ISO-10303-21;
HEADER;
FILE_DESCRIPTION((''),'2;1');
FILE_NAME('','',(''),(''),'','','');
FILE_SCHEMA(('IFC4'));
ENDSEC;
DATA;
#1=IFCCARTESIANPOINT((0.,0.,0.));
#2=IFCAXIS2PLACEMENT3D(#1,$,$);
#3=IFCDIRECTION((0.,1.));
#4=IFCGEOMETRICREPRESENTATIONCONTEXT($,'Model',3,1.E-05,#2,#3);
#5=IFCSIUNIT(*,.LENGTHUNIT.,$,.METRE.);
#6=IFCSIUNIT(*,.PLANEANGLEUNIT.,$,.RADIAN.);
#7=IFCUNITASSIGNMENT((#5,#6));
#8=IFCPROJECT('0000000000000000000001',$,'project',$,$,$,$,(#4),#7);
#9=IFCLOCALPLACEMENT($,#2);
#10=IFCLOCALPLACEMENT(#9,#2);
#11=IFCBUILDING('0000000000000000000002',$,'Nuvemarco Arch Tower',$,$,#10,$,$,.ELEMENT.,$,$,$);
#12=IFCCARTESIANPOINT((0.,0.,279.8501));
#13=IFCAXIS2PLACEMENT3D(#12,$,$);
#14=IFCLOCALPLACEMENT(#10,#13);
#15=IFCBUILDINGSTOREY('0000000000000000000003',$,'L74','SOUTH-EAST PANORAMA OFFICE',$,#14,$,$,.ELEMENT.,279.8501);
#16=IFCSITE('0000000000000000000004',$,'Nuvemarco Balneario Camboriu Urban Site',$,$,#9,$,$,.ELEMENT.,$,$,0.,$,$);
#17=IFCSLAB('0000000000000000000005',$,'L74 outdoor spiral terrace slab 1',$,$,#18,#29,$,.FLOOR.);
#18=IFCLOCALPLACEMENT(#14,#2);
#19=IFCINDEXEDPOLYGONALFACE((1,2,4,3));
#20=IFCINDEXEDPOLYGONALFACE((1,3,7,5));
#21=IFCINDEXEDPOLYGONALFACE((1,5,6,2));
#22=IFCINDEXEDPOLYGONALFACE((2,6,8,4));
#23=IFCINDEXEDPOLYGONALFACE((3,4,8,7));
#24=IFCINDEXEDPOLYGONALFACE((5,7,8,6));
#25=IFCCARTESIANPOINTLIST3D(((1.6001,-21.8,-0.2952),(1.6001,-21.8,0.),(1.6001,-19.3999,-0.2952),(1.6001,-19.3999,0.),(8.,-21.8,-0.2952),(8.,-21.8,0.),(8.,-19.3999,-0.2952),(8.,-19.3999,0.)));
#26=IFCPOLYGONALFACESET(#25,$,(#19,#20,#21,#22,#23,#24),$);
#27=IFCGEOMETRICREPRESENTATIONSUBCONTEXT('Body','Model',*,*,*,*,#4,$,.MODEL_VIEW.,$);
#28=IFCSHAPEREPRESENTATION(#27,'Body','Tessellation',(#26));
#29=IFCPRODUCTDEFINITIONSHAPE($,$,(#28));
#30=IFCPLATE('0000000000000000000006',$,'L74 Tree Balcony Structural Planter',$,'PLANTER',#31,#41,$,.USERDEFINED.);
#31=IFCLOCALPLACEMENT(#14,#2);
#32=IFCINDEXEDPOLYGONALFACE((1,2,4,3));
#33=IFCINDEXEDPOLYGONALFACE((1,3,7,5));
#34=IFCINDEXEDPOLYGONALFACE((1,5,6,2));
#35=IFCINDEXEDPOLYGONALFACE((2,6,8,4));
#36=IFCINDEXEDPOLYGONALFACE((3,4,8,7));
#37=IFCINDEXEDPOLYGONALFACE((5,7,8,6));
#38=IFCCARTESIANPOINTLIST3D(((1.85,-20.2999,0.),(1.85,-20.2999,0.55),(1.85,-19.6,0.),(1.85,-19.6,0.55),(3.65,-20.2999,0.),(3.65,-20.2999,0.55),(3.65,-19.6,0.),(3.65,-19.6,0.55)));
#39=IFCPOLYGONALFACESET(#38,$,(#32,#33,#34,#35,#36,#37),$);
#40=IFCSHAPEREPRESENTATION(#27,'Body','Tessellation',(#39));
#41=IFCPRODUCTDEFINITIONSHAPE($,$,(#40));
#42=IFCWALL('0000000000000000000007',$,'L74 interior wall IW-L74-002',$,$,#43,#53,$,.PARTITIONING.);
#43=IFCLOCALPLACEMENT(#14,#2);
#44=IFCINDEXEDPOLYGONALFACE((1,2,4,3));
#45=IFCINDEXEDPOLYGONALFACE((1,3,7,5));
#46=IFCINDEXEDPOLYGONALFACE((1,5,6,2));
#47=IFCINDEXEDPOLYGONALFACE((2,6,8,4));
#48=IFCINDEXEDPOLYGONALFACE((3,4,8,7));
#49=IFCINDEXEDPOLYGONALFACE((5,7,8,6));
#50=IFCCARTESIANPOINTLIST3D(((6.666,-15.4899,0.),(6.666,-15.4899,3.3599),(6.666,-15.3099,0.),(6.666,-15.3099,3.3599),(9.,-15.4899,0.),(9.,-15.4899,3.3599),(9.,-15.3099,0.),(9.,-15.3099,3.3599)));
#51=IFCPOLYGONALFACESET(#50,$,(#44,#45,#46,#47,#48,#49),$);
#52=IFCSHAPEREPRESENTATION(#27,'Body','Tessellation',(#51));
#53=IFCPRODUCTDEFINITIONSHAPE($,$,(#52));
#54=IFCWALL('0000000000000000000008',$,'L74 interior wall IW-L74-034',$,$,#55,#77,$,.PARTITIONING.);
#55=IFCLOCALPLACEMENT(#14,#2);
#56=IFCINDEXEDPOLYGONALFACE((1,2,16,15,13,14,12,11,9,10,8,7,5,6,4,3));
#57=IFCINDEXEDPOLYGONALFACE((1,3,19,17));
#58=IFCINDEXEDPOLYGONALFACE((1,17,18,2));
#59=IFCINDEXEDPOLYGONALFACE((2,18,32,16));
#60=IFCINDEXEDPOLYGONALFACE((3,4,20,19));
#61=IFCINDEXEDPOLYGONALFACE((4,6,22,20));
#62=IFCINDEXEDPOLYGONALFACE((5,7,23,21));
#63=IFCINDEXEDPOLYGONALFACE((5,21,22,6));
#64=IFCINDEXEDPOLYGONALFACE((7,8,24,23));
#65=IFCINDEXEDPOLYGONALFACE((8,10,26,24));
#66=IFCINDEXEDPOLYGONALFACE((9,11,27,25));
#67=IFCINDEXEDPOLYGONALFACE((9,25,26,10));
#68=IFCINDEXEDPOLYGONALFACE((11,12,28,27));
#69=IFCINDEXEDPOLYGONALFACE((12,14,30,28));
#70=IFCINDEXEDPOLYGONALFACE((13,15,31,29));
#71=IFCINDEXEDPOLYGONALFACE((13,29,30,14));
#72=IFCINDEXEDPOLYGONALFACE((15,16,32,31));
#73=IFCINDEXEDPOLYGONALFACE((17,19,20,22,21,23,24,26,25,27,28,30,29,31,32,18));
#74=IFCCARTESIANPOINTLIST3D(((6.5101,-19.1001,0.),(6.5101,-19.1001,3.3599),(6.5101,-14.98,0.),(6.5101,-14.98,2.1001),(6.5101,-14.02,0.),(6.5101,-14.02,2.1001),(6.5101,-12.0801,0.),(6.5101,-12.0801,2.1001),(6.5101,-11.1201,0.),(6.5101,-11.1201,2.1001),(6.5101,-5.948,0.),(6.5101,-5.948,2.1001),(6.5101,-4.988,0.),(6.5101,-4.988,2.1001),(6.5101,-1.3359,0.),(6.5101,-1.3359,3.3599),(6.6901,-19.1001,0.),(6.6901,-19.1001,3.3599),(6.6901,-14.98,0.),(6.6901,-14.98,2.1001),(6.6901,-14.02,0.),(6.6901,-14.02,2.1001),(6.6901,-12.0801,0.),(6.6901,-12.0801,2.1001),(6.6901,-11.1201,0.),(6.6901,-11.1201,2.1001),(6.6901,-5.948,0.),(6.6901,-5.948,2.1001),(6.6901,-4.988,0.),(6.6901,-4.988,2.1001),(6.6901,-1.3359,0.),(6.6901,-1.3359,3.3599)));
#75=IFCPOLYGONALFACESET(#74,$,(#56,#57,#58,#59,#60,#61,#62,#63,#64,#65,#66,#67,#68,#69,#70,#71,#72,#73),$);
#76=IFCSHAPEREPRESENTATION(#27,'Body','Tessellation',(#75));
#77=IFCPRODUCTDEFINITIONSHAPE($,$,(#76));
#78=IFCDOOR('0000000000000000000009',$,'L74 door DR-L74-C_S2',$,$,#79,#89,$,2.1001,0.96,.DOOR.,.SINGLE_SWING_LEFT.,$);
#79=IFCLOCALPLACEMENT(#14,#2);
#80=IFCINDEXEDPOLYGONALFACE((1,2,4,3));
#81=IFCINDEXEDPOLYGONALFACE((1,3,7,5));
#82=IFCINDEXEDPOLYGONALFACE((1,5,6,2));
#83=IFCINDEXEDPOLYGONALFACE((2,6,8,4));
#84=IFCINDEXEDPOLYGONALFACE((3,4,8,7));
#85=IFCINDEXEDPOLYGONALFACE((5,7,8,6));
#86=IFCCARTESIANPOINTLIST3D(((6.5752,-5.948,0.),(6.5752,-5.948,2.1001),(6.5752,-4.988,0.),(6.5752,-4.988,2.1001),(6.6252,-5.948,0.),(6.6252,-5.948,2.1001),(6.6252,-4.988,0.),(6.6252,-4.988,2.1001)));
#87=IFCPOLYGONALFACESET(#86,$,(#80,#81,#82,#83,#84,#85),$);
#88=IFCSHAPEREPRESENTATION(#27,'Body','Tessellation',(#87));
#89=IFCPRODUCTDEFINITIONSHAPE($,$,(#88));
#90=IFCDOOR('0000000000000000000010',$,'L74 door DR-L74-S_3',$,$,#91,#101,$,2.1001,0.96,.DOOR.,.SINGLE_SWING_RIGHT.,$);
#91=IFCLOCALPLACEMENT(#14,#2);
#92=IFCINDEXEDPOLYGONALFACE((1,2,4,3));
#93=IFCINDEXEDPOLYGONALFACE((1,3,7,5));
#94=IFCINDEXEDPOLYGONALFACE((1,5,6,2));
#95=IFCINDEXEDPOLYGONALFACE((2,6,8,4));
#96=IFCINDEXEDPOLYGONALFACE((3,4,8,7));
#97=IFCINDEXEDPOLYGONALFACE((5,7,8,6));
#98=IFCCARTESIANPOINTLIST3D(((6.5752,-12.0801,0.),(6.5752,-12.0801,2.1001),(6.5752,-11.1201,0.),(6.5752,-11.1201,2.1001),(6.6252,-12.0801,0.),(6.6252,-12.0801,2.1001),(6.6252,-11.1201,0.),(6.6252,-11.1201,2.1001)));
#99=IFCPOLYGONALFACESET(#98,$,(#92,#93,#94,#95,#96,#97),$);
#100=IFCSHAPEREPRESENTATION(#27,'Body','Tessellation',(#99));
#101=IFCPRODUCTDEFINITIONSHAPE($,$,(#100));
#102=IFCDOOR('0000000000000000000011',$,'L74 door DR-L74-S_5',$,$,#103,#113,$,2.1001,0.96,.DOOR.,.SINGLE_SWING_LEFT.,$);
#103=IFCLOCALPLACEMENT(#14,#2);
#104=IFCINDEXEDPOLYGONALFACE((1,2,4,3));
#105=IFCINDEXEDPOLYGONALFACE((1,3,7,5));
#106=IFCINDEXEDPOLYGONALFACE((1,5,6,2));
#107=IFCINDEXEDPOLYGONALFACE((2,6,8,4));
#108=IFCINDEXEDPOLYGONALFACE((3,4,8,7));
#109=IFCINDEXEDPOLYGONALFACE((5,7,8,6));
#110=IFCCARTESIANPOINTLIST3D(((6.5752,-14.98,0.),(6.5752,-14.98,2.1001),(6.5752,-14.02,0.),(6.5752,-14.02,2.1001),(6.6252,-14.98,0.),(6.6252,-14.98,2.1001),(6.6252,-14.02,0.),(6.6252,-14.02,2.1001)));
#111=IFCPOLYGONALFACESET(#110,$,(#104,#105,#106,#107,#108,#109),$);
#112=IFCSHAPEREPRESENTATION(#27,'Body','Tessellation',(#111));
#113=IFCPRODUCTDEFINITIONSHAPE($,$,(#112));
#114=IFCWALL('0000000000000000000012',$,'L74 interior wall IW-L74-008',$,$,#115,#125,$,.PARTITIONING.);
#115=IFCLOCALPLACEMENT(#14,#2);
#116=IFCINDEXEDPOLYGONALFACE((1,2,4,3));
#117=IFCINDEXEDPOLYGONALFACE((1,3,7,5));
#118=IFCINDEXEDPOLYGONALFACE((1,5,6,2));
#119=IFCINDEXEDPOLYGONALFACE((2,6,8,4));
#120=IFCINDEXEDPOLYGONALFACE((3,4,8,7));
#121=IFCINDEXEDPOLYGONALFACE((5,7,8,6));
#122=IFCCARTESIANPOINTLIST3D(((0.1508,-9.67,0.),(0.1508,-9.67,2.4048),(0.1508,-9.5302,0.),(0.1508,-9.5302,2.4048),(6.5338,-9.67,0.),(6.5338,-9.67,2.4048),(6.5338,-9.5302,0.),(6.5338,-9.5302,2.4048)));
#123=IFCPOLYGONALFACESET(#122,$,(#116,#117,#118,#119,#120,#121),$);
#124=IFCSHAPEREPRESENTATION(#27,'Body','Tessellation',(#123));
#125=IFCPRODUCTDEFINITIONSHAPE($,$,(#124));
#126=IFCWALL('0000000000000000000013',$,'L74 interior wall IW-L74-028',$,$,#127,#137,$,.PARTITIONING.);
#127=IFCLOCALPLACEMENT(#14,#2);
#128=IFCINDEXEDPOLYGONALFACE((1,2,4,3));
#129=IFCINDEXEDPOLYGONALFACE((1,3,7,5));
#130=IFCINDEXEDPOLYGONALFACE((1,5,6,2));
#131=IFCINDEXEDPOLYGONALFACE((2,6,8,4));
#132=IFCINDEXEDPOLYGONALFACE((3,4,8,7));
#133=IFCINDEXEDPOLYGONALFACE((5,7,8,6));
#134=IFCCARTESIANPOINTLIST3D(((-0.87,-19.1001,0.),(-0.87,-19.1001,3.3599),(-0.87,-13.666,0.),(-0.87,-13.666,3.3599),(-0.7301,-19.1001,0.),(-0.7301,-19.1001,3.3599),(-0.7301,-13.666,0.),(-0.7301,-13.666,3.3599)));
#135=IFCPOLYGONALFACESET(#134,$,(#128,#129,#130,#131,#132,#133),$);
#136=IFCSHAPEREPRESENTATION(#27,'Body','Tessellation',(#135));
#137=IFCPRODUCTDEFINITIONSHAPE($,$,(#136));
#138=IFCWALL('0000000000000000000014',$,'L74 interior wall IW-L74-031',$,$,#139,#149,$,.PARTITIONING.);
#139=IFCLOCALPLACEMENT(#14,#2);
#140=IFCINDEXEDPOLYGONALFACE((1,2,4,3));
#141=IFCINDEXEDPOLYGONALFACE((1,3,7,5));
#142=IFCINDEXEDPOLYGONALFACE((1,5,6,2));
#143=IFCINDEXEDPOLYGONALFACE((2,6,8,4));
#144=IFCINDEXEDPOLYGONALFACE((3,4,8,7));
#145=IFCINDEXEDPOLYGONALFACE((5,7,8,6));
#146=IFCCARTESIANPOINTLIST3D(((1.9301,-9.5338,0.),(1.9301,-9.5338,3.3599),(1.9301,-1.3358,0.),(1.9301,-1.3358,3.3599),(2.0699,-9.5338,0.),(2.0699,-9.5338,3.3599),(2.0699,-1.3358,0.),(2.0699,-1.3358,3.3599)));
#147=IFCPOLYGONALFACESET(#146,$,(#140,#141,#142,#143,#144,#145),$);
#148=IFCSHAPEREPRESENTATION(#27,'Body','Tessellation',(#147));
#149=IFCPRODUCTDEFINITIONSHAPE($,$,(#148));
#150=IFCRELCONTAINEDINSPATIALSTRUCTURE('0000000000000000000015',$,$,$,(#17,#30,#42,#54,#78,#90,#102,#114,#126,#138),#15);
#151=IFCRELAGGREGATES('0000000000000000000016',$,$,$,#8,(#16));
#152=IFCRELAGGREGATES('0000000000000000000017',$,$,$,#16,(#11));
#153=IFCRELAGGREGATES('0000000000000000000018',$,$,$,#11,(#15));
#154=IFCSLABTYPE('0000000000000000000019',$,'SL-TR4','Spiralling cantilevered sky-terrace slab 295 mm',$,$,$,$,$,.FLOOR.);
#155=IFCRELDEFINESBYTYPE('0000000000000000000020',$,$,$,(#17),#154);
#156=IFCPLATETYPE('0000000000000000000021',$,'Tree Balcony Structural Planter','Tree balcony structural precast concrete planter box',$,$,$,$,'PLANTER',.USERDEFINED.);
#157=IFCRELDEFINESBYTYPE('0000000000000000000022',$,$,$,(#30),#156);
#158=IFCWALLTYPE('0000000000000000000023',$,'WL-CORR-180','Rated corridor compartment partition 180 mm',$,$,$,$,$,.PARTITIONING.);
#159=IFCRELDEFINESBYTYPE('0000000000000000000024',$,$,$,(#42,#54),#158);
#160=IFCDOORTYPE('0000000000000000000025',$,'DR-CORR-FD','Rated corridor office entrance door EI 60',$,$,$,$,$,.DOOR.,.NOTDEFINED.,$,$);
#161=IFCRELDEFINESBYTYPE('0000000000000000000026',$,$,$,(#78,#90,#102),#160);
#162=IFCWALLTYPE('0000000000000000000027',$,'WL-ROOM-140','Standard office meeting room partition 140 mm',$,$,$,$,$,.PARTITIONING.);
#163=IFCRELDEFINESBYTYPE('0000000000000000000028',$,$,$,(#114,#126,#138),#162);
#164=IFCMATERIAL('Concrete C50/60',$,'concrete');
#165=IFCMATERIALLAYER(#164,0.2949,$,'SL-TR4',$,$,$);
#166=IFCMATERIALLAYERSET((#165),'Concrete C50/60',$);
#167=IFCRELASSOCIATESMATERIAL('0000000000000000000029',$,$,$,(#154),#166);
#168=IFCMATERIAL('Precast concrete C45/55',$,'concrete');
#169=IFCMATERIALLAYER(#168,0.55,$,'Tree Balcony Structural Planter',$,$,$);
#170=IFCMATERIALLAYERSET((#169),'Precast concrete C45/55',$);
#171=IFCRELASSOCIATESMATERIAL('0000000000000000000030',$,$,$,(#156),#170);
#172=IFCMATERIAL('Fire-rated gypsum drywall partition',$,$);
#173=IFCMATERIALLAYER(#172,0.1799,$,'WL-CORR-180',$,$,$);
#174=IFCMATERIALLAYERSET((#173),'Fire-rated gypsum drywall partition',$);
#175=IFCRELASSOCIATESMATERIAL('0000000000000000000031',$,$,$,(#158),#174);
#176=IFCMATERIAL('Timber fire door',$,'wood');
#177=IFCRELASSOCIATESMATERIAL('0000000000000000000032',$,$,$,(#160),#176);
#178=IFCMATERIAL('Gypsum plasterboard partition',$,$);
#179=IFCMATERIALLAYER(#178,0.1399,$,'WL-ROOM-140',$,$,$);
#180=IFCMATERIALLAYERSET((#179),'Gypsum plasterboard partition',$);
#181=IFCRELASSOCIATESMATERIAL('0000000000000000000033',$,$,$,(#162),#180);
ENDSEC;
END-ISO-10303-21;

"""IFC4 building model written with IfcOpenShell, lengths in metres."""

from ifc_helpers import new_model, si_unit, direction, frame, frame_2d, origin, origin_2d, place, context, subcontext, project, spatial, polyline, rectangle, outline, extrude, source, transform, mapped, material, layer, layer_set, type_object, type_shapes, element, fill, save


model = new_model("IFC4")

# Units and contexts
model_context = context("Model", 3, precision=1e-05, world=origin(), true_north=direction((0.0, 1.0)))
body_context = subcontext(model_context, "Body", "Model", "MODEL_VIEW")
ifc_project = project(units=[si_unit("LENGTHUNIT", "METRE"), si_unit("PLANEANGLEUNIT", "RADIAN")], contexts=[model_context])

# Site, building, storey
site_placement = place(None, origin())
site = spatial("IfcSite", under=ifc_project, at=site_placement, Name="Nuvemarco Balneario Camboriu Urban Site", CompositionType="ELEMENT", RefElevation=0.0)
building_placement = place(site_placement, origin())
building = spatial("IfcBuilding", under=site, at=building_placement, Name="Nuvemarco Arch Tower", CompositionType="ELEMENT")
storey_placement = place(building_placement, frame((0.0, 0.0, 279.8501)))
storey = spatial("IfcBuildingStorey", under=building, at=storey_placement, Name="L74", Description="SOUTH-EAST PANORAMA OFFICE", CompositionType="ELEMENT", Elevation=279.8501)

# Shared definitions
ifc_material_1 = material(Name="Precast concrete C45/55", Category="concrete")

# Shared definitions
ifc_material_2 = material(Name="Concrete C50/60", Category="concrete")

# Slab
ifc_layer_1 = layer(ifc_material_2, 0.2949, Name="SL-TR4")
ifc_layer_set_1 = layer_set([ifc_layer_1], Name="Concrete C50/60")
slab_type_1 = type_object("IfcSlabType", Name="SL-TR4", Description="Spiralling cantilevered sky-terrace slab 295 mm", PredefinedType="FLOOR", material=ifc_layer_set_1)
slab_1_placement = place(storey_placement, frame((0.0, 0.0, -0.2952)))
element("IfcSlab", 1, at=slab_1_placement, inside=storey, type_object=slab_type_1, Name="L74 outdoor spiral terrace slab 1", PredefinedType="FLOOR", context=body_context, shape_type="SweptSolid", body=[
    extrude(outline(polyline([(1.6001, -21.8), (8.0, -21.8), (8.0, -19.3999), (1.6001, -19.3999), (1.6001, -21.8)])), origin(), (0.0, 0.0, 1.0), 0.2952),
])

# Plate
ifc_layer_2 = layer(ifc_material_1, 0.55, Name="Tree Balcony Structural Planter")
ifc_layer_set_2 = layer_set([ifc_layer_2], Name="Precast concrete C45/55")
plate_type = type_object("IfcPlateType", Name="Tree Balcony Structural Planter", Description="Tree balcony structural precast concrete planter box", ElementType="PLANTER", PredefinedType="USERDEFINED", material=ifc_layer_set_2)
shared_shape_1 = source(origin(), body_context, "Body", "SweptSolid", [
    extrude(rectangle(XDim=1.8, YDim=0.7, at=origin_2d()), origin(), (0.0, 0.0, 1.0), 0.55),
])
type_shapes(plate_type, [shared_shape_1])
plate_placement = place(storey_placement, frame((2.75, -19.95, 0.0), z_axis=(0.0, 0.0, 1.0), x_axis=(1.0, 0.0, 0.0)))
element("IfcPlate", 2, at=plate_placement, inside=storey, type_object=plate_type, Name="L74 Tree Balcony Structural Planter", ObjectType="PLANTER", PredefinedType="USERDEFINED", context=body_context, shape_type="MappedRepresentation", body=[
    mapped(shared_shape_1, transform((0.0, 0.0, 0.0), scale=1.0)),
])

# Wall
ifc_material_3 = material(Name="Fire-rated gypsum drywall partition")
ifc_layer_3 = layer(ifc_material_3, 0.1799, Name="WL-CORR-180")
ifc_layer_set_3 = layer_set([ifc_layer_3], Name="Fire-rated gypsum drywall partition")
wall_type_1 = type_object("IfcWallType", Name="WL-CORR-180", Description="Rated corridor compartment partition 180 mm", PredefinedType="PARTITIONING", material=ifc_layer_set_3)
wall_1_placement = place(storey_placement, frame((6.666, -15.3999, 0.0), z_axis=(0.0, 0.0, 1.0), x_axis=(1.0, 0.0, 0.0)))
element("IfcWall", 3, at=wall_1_placement, inside=storey, type_object=wall_type_1, Name="L74 interior wall IW-L74-002", PredefinedType="PARTITIONING", context=body_context, shape_type="SweptSolid", body=[
    extrude(rectangle(XDim=2.334, YDim=0.1799, at=frame_2d((1.167, 0.0))), origin(), (0.0, 0.0, 1.0), 3.3599),
])

# Wall, openings, doors
wall_2_placement = place(storey_placement, frame((6.6001, -19.1001, 0.0), z_axis=(0.0, 0.0, 1.0), x_axis=(0.0, 1.0, 0.0)))
wall_2 = element("IfcWall", 4, at=wall_2_placement, inside=storey, type_object=wall_type_1, Name="L74 interior wall IW-L74-034", PredefinedType="PARTITIONING", context=body_context, shape_type="SweptSolid", body=[
    extrude(rectangle(XDim=17.7642, YDim=0.1799, at=frame_2d((8.8821, 0.0))), origin(), (0.0, 0.0, 1.0), 3.3599),
])
opening_1_placement = place(wall_2_placement, frame((13.1521, 0.0, 0.0)))
opening_1 = element("IfcOpeningElement", 5, at=opening_1_placement, cuts=wall_2, PredefinedType="OPENING", context=body_context, shape_type="SweptSolid", body=[
    extrude(rectangle(XDim=0.96, YDim=2.1001, at=frame_2d((0.48, 1.05))), frame((0.0, 0.0999, 0.0), z_axis=(0.0, -1.0, 0.0), x_axis=(1.0, 0.0, 0.0)), (0.0, 0.0, 1.0), 0.2),
])
opening_2_placement = place(wall_2_placement, frame((7.02, 0.0, 0.0)))
opening_2 = element("IfcOpeningElement", 6, at=opening_2_placement, cuts=wall_2, PredefinedType="OPENING", context=body_context, shape_type="SweptSolid", body=[
    extrude(rectangle(XDim=0.96, YDim=2.1001, at=frame_2d((0.48, 1.05))), frame((0.0, 0.0999, 0.0), z_axis=(0.0, -1.0, 0.0), x_axis=(1.0, 0.0, 0.0)), (0.0, 0.0, 1.0), 0.2),
])
opening_3_placement = place(wall_2_placement, frame((4.1201, 0.0, 0.0)))
opening_3 = element("IfcOpeningElement", 7, at=opening_3_placement, cuts=wall_2, PredefinedType="OPENING", context=body_context, shape_type="SweptSolid", body=[
    extrude(rectangle(XDim=0.96, YDim=2.1001, at=frame_2d((0.48, 1.05))), frame((0.0, 0.0999, 0.0), z_axis=(0.0, -1.0, 0.0), x_axis=(1.0, 0.0, 0.0)), (0.0, 0.0, 1.0), 0.2),
])
ifc_material_4 = material(Name="Timber fire door", Category="wood")
door_type = type_object("IfcDoorType", Name="DR-CORR-FD", Description="Rated corridor office entrance door EI 60", OperationType="NOTDEFINED", PredefinedType="DOOR", material=ifc_material_4)
shared_shape_2 = source(origin(), body_context, "Body", "SweptSolid", [
    extrude(rectangle(XDim=0.96, YDim=2.1001, at=frame_2d((0.48, 1.05))), frame((0.0, 0.0249, 0.0), z_axis=(0.0, -1.0, 0.0), x_axis=(1.0, 0.0, 0.0)), (0.0, 0.0, 1.0), 0.05),
])
type_shapes(door_type, [shared_shape_2])
door_1_placement = place(opening_1_placement, origin())
door_1 = element("IfcDoor", 8, at=door_1_placement, inside=storey, type_object=door_type, Name="L74 door DR-L74-C_S2", OperationType="SINGLE_SWING_LEFT", OverallHeight=2.1001, OverallWidth=0.96, PredefinedType="DOOR", context=body_context, shape_type="MappedRepresentation", body=[
    mapped(shared_shape_2, transform((0.0, 0.0, 0.0), scale=1.0)),
])
fill(opening_1, door_1)
door_2_placement = place(opening_2_placement, origin())
door_2 = element("IfcDoor", 9, at=door_2_placement, inside=storey, type_object=door_type, Name="L74 door DR-L74-S_3", OperationType="SINGLE_SWING_RIGHT", OverallHeight=2.1001, OverallWidth=0.96, PredefinedType="DOOR", context=body_context, shape_type="MappedRepresentation", body=[
    mapped(shared_shape_2, transform((0.0, 0.0, 0.0), scale=1.0)),
])
fill(opening_2, door_2)
door_3_placement = place(opening_3_placement, origin())
door_3 = element("IfcDoor", 10, at=door_3_placement, inside=storey, type_object=door_type, Name="L74 door DR-L74-S_5", OperationType="SINGLE_SWING_LEFT", OverallHeight=2.1001, OverallWidth=0.96, PredefinedType="DOOR", context=body_context, shape_type="MappedRepresentation", body=[
    mapped(shared_shape_2, transform((0.0, 0.0, 0.0), scale=1.0)),
])
fill(opening_3, door_3)

# Walls
ifc_material_5 = material(Name="Gypsum plasterboard partition")
ifc_layer_4 = layer(ifc_material_5, 0.1399, Name="WL-ROOM-140")
ifc_layer_set_4 = layer_set([ifc_layer_4], Name="Gypsum plasterboard partition")
wall_type_2 = type_object("IfcWallType", Name="WL-ROOM-140", Description="Standard office meeting room partition 140 mm", PredefinedType="PARTITIONING", material=ifc_layer_set_4)
wall_3_placement = place(storey_placement, frame((0.1509, -9.6001, 0.0), z_axis=(0.0, 0.0, 1.0), x_axis=(1.0, 0.0, 0.0)))
element("IfcWall", 11, at=wall_3_placement, inside=storey, type_object=wall_type_2, Name="L74 interior wall IW-L74-008", PredefinedType="PARTITIONING", context=body_context, shape_type="SweptSolid", body=[
    extrude(rectangle(XDim=6.3831, YDim=0.1399, at=frame_2d((3.1914, 0.0))), origin(), (0.0, 0.0, 1.0), 2.4048),
])
wall_4_placement = place(storey_placement, frame((-0.8, -19.1001, 0.0), z_axis=(0.0, 0.0, 1.0), x_axis=(0.0, 1.0, 0.0)))
element("IfcWall", 12, at=wall_4_placement, inside=storey, type_object=wall_type_2, Name="L74 interior wall IW-L74-028", PredefinedType="PARTITIONING", context=body_context, shape_type="SweptSolid", body=[
    extrude(rectangle(XDim=5.4341, YDim=0.1399, at=frame_2d((2.717, 0.0))), origin(), (0.0, 0.0, 1.0), 3.3599),
])
wall_5_placement = place(storey_placement, frame((2.0, -9.5339, 0.0), z_axis=(0.0, 0.0, 1.0), x_axis=(0.0, 1.0, 0.0)))
element("IfcWall", 13, at=wall_5_placement, inside=storey, type_object=wall_type_2, Name="L74 interior wall IW-L74-031", PredefinedType="PARTITIONING", context=body_context, shape_type="SweptSolid", body=[
    extrude(rectangle(XDim=8.198, YDim=0.1399, at=frame_2d((4.0991, 0.0))), origin(), (0.0, 0.0, 1.0), 3.3599),
])

save(model, "model.ifc")
